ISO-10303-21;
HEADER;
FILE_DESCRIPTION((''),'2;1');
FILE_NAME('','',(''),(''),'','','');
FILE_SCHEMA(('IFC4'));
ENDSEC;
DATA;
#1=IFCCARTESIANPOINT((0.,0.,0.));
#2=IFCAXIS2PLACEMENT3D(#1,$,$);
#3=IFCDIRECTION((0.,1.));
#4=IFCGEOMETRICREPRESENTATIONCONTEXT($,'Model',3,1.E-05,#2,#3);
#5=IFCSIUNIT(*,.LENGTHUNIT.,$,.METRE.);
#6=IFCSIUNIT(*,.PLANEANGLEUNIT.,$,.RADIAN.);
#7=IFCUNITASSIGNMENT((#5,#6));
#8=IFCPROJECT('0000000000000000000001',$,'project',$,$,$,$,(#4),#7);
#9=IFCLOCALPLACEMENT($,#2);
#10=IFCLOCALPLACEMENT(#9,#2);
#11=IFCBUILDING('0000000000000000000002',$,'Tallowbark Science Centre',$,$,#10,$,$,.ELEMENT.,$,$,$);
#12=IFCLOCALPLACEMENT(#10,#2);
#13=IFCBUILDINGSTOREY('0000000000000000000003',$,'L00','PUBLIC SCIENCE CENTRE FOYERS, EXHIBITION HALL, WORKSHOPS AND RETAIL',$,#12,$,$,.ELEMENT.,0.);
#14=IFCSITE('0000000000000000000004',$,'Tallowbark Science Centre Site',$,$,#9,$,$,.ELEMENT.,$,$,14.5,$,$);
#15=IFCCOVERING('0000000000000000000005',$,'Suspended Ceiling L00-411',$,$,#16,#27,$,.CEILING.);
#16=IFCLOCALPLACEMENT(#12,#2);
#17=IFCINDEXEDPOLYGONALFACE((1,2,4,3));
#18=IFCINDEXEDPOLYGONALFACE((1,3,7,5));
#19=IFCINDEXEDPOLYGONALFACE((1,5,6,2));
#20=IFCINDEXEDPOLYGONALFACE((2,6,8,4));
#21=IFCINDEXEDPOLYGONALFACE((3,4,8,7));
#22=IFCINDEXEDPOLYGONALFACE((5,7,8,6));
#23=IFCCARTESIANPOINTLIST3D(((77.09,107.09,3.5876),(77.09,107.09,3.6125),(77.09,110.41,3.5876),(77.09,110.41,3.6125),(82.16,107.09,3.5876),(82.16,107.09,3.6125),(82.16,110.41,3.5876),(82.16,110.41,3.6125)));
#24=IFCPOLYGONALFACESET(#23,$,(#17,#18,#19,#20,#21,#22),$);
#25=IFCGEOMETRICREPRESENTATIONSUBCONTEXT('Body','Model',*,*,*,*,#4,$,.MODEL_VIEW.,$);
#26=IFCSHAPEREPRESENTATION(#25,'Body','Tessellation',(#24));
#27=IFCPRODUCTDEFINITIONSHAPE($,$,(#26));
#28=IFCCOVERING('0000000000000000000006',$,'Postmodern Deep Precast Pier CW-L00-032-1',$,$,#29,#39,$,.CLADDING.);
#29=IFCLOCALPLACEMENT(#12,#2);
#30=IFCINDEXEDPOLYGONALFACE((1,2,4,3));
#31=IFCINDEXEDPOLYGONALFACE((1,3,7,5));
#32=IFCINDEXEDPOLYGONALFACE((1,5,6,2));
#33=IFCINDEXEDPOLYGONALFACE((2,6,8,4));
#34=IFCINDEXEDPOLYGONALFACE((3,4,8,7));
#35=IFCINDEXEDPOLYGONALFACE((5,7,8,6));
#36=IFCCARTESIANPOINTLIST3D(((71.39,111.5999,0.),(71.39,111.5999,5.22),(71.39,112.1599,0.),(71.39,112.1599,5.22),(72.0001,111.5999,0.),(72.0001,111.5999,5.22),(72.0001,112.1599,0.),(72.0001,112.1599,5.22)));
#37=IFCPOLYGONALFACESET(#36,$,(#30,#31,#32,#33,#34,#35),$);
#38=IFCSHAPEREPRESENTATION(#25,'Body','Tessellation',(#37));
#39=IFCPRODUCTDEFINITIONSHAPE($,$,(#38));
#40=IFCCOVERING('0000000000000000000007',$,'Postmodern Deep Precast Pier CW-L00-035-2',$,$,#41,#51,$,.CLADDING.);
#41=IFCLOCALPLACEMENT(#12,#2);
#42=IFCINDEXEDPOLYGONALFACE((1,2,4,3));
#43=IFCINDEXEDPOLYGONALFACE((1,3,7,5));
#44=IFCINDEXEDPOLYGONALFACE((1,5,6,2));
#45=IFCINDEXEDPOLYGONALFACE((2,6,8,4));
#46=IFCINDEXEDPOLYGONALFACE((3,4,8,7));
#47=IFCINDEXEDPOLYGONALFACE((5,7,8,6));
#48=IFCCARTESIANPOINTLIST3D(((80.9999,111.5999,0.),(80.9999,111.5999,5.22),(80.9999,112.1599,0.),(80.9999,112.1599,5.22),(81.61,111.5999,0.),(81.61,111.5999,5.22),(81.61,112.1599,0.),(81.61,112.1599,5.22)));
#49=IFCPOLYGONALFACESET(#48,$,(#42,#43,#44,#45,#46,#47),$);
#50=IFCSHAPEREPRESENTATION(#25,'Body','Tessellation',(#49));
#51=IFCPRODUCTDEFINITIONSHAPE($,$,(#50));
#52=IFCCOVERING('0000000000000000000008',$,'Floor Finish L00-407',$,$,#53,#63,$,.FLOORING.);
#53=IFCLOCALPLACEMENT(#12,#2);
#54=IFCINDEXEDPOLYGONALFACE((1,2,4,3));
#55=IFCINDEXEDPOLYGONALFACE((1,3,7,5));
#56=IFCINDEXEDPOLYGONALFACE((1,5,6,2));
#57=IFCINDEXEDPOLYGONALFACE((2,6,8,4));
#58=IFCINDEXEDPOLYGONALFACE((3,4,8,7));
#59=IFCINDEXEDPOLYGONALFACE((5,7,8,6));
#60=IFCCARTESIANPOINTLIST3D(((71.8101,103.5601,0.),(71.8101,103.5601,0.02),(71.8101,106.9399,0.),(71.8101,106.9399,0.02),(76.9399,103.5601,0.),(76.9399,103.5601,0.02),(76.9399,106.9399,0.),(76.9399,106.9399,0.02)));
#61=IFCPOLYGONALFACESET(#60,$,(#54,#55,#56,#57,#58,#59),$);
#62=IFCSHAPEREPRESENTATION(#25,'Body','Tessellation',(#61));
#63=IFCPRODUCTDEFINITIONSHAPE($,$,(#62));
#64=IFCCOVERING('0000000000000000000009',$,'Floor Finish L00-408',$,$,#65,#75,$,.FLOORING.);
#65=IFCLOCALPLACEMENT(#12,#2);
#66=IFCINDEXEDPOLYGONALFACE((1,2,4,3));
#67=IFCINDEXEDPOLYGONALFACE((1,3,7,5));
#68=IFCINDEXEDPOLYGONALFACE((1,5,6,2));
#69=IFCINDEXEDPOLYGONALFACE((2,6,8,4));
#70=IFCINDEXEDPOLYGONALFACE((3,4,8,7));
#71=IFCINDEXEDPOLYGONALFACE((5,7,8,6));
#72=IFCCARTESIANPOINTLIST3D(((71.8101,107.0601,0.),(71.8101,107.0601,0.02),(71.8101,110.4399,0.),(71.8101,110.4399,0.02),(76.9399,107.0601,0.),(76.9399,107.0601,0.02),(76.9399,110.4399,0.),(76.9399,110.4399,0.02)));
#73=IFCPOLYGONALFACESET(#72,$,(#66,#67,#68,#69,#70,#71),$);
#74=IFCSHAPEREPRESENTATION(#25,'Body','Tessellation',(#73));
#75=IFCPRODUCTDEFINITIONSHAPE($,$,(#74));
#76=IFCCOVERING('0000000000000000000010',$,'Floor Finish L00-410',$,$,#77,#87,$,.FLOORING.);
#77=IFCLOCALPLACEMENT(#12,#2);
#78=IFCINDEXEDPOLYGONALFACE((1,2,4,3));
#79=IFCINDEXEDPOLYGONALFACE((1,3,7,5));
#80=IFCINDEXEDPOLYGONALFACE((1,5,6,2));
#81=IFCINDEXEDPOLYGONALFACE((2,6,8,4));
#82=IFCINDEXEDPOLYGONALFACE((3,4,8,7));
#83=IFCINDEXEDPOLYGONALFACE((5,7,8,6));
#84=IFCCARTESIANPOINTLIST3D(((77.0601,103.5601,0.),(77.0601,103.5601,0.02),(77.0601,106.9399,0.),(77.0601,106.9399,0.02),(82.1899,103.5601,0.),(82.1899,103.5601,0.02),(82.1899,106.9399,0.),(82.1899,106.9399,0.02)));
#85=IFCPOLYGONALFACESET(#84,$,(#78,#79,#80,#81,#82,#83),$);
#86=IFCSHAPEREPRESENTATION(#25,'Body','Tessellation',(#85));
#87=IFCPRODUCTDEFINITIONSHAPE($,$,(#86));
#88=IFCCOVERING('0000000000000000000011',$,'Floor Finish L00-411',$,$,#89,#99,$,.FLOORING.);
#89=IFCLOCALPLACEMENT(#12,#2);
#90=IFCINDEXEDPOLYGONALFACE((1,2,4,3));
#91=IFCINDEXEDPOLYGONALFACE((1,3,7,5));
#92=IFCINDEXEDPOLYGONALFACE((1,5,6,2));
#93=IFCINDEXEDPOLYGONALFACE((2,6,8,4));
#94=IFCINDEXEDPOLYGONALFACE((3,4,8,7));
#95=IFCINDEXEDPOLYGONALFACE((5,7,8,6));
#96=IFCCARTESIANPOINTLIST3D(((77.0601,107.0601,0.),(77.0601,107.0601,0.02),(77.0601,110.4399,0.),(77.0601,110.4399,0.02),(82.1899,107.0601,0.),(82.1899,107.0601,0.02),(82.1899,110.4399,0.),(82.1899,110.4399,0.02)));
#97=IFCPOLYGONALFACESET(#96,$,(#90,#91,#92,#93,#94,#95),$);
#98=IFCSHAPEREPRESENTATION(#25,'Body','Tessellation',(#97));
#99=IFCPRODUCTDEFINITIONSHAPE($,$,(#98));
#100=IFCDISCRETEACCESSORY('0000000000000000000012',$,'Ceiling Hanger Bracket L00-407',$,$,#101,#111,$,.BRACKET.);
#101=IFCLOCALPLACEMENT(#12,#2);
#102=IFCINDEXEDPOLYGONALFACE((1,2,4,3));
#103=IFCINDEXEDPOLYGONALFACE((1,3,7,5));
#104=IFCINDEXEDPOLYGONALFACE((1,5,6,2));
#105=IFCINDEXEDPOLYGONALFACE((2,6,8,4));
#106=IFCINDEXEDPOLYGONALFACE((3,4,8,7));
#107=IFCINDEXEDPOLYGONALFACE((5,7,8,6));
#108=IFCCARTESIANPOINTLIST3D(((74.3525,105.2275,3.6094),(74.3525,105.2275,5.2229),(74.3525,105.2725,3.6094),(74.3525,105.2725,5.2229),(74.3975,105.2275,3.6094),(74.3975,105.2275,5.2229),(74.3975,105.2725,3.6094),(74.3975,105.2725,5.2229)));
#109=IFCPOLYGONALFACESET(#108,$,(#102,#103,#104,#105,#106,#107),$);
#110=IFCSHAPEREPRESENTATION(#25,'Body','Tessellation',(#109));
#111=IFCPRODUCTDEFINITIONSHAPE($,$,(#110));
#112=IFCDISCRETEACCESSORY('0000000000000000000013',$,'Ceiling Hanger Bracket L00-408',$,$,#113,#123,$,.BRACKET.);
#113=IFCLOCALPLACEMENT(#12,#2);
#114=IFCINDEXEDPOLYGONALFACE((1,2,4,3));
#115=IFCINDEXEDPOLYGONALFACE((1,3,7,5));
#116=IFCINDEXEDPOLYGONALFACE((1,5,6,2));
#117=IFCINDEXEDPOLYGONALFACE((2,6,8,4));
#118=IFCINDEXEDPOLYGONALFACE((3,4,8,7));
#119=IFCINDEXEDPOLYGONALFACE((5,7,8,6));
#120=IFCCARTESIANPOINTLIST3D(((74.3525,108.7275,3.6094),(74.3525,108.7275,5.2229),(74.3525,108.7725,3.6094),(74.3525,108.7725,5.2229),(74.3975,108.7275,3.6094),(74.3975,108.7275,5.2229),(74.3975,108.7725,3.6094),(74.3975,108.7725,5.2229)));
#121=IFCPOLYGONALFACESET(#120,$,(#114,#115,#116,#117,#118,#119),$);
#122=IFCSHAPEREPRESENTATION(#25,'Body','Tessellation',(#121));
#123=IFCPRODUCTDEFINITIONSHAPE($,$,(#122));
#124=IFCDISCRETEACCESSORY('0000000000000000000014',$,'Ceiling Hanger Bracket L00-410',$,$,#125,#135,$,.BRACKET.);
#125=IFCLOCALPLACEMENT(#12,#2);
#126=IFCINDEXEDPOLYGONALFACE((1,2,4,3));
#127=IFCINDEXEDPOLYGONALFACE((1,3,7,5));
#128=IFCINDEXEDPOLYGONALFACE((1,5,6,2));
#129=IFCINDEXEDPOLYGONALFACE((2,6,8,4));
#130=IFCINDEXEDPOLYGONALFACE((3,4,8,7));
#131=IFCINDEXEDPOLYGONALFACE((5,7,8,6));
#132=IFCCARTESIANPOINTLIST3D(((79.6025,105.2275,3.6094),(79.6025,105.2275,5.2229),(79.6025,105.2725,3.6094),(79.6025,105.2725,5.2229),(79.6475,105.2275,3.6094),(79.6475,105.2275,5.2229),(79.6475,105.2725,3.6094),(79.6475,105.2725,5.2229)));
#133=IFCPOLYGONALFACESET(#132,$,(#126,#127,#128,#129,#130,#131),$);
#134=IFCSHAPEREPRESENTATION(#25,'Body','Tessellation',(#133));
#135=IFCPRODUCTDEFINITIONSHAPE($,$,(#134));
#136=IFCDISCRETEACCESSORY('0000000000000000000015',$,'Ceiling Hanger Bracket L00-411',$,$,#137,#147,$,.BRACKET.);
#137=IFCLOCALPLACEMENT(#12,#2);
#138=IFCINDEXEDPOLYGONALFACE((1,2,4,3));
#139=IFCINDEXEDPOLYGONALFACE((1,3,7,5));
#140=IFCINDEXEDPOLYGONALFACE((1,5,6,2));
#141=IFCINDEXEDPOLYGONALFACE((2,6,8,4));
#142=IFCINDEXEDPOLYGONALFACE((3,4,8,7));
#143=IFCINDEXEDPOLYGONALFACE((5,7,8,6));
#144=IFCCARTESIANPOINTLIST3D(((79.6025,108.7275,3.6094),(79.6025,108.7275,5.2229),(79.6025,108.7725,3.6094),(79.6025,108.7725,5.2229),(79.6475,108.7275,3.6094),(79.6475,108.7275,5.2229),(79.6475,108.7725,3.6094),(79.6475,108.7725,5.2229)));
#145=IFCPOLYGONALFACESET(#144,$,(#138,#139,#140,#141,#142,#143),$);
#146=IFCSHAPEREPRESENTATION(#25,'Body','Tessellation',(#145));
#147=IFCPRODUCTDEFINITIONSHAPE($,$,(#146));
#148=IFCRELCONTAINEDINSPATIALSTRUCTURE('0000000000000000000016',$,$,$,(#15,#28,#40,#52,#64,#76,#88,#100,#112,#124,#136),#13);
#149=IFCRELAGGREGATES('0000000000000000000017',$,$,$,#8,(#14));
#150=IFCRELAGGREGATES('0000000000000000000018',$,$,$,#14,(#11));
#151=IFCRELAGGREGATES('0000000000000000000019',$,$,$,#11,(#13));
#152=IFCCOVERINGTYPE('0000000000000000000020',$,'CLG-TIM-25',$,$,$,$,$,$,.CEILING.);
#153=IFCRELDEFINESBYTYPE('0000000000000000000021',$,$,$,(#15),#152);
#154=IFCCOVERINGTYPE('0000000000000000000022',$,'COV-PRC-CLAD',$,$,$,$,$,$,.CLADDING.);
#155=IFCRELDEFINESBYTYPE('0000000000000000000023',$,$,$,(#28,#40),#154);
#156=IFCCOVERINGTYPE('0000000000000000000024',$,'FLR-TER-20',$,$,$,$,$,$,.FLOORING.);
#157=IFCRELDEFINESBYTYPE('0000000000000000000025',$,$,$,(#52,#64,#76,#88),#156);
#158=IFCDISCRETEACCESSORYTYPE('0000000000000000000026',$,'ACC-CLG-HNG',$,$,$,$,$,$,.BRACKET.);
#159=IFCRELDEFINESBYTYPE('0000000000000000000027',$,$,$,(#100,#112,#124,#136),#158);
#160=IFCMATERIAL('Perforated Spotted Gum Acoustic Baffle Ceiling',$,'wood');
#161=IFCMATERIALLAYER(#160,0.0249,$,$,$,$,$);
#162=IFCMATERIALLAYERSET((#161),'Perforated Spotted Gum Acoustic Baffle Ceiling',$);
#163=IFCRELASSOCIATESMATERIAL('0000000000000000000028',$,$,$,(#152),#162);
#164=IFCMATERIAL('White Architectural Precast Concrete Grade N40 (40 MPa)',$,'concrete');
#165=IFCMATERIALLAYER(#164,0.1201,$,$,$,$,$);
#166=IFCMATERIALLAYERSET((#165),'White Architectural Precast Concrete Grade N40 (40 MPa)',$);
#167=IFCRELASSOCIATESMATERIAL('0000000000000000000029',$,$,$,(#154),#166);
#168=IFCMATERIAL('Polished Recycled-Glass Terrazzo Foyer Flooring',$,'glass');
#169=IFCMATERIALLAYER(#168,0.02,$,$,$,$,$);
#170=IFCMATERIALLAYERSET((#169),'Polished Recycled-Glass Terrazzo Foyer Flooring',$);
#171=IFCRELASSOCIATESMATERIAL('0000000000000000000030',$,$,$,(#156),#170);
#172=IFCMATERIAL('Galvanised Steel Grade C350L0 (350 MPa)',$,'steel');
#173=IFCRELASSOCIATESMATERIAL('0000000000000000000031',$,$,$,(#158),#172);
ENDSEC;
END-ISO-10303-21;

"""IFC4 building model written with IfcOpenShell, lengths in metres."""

from ifc_helpers import new_model, si_unit, direction, frame, origin, origin_2d, place, context, subcontext, project, spatial, rectangle, extrude, material, layer, layer_set, type_object, element, save


model = new_model("IFC4")

# Units and contexts
model_context = context("Model", 3, precision=1e-05, world=origin(), true_north=direction((0.0, 1.0)))
body_context = subcontext(model_context, "Body", "Model", "MODEL_VIEW")
ifc_project = project(units=[si_unit("LENGTHUNIT", "METRE"), si_unit("PLANEANGLEUNIT", "RADIAN")], contexts=[model_context])

# Site, building, storey
site_placement = place(None, origin())
site = spatial("IfcSite", under=ifc_project, at=site_placement, Name="Tallowbark Science Centre Site", CompositionType="ELEMENT", RefElevation=14.5)
building_placement = place(site_placement, origin())
building = spatial("IfcBuilding", under=site, at=building_placement, Name="Tallowbark Science Centre", CompositionType="ELEMENT")
storey_placement = place(building_placement, origin())
storey = spatial("IfcBuildingStorey", under=building, at=storey_placement, Name="L00", Description="PUBLIC SCIENCE CENTRE FOYERS, EXHIBITION HALL, WORKSHOPS AND RETAIL", CompositionType="ELEMENT", Elevation=0.0)

# Coverings
ifc_material_1 = material(Name="Perforated Spotted Gum Acoustic Baffle Ceiling", Category="wood")
ifc_layer_1 = layer(ifc_material_1, 0.0249)
ifc_layer_set_1 = layer_set([ifc_layer_1], Name="Perforated Spotted Gum Acoustic Baffle Ceiling")
covering_type_1 = type_object("IfcCoveringType", Name="CLG-TIM-25", PredefinedType="CEILING", material=ifc_layer_set_1)
for number, where, z_axis, x_axis, name in (
    (1, (79.625, 108.75, 3.5876), (0.0, 0.0, 1.0), (1.0, 0.0, 0.0), "Suspended Ceiling L00-411"),
):
    element("IfcCovering", number, at=place(storey_placement, frame(where, z_axis=z_axis, x_axis=x_axis)), inside=storey, type_object=covering_type_1, Name=name, PredefinedType="CEILING", context=body_context, shape_type="SweptSolid", body=[
        extrude(rectangle(XDim=5.0701, YDim=3.3201, at=origin_2d()), origin(), (0.0, 0.0, 1.0), 0.0249),
    ])
ifc_material_2 = material(Name="White Architectural Precast Concrete Grade N40 (40 MPa)", Category="concrete")
ifc_layer_2 = layer(ifc_material_2, 0.1201)
ifc_layer_set_2 = layer_set([ifc_layer_2], Name="White Architectural Precast Concrete Grade N40 (40 MPa)")
covering_type_2 = type_object("IfcCoveringType", Name="COV-PRC-CLAD", PredefinedType="CLADDING", material=ifc_layer_set_2)
for number, where, z_axis, x_axis, name in (
    (2, (71.6951, 111.8799, 0.0), (0.0, 0.0, 1.0), (-1.0, 0.0, 0.0), "Postmodern Deep Precast Pier CW-L00-032-1"),
    (3, (81.3049, 111.8799, 0.0), (0.0, 0.0, 1.0), (-1.0, 0.0, 0.0), "Postmodern Deep Precast Pier CW-L00-035-2"),
):
    element("IfcCovering", number, at=place(storey_placement, frame(where, z_axis=z_axis, x_axis=x_axis)), inside=storey, type_object=covering_type_2, Name=name, PredefinedType="CLADDING", context=body_context, shape_type="SweptSolid", body=[
        extrude(rectangle(XDim=0.6101, YDim=0.5601, at=origin_2d()), origin(), (0.0, 0.0, 1.0), 5.22),
    ])
ifc_material_3 = material(Name="Polished Recycled-Glass Terrazzo Foyer Flooring", Category="glass")
ifc_layer_3 = layer(ifc_material_3, 0.02)
ifc_layer_set_3 = layer_set([ifc_layer_3], Name="Polished Recycled-Glass Terrazzo Foyer Flooring")
covering_type_3 = type_object("IfcCoveringType", Name="FLR-TER-20", PredefinedType="FLOORING", material=ifc_layer_set_3)
for number, where, z_axis, x_axis, name in (
    (4, (74.375, 105.25, 0.0), (0.0, 0.0, 1.0), (1.0, 0.0, 0.0), "Floor Finish L00-407"),
    (5, (74.375, 108.75, 0.0), (0.0, 0.0, 1.0), (1.0, 0.0, 0.0), "Floor Finish L00-408"),
    (6, (79.625, 105.25, 0.0), (0.0, 0.0, 1.0), (1.0, 0.0, 0.0), "Floor Finish L00-410"),
    (7, (79.625, 108.75, 0.0), (0.0, 0.0, 1.0), (1.0, 0.0, 0.0), "Floor Finish L00-411"),
):
    element("IfcCovering", number, at=place(storey_placement, frame(where, z_axis=z_axis, x_axis=x_axis)), inside=storey, type_object=covering_type_3, Name=name, PredefinedType="FLOORING", context=body_context, shape_type="SweptSolid", body=[
        extrude(rectangle(XDim=5.1299, YDim=3.3799, at=origin_2d()), origin(), (0.0, 0.0, 1.0), 0.02),
    ])

# Discrete accessories
ifc_material_4 = material(Name="Galvanised Steel Grade C350L0 (350 MPa)", Category="steel")
discrete_accessory_type = type_object("IfcDiscreteAccessoryType", Name="ACC-CLG-HNG", PredefinedType="BRACKET", material=ifc_material_4)
for number, where, z_axis, x_axis, name in (
    (8, (74.375, 105.25, 3.6094), (0.0, 0.0, 1.0), (1.0, 0.0, 0.0), "Ceiling Hanger Bracket L00-407"),
    (9, (74.375, 108.75, 3.6094), (0.0, 0.0, 1.0), (1.0, 0.0, 0.0), "Ceiling Hanger Bracket L00-408"),
    (10, (79.625, 105.25, 3.6094), (0.0, 0.0, 1.0), (1.0, 0.0, 0.0), "Ceiling Hanger Bracket L00-410"),
    (11, (79.625, 108.75, 3.6094), (0.0, 0.0, 1.0), (1.0, 0.0, 0.0), "Ceiling Hanger Bracket L00-411"),
):
    element("IfcDiscreteAccessory", number, at=place(storey_placement, frame(where, z_axis=z_axis, x_axis=x_axis)), inside=storey, type_object=discrete_accessory_type, Name=name, PredefinedType="BRACKET", context=body_context, shape_type="SweptSolid", body=[
        extrude(rectangle(XDim=0.0449, YDim=0.0449, at=origin_2d()), origin(), (0.0, 0.0, 1.0), 1.6135),
    ])

save(model, "model.ifc")
